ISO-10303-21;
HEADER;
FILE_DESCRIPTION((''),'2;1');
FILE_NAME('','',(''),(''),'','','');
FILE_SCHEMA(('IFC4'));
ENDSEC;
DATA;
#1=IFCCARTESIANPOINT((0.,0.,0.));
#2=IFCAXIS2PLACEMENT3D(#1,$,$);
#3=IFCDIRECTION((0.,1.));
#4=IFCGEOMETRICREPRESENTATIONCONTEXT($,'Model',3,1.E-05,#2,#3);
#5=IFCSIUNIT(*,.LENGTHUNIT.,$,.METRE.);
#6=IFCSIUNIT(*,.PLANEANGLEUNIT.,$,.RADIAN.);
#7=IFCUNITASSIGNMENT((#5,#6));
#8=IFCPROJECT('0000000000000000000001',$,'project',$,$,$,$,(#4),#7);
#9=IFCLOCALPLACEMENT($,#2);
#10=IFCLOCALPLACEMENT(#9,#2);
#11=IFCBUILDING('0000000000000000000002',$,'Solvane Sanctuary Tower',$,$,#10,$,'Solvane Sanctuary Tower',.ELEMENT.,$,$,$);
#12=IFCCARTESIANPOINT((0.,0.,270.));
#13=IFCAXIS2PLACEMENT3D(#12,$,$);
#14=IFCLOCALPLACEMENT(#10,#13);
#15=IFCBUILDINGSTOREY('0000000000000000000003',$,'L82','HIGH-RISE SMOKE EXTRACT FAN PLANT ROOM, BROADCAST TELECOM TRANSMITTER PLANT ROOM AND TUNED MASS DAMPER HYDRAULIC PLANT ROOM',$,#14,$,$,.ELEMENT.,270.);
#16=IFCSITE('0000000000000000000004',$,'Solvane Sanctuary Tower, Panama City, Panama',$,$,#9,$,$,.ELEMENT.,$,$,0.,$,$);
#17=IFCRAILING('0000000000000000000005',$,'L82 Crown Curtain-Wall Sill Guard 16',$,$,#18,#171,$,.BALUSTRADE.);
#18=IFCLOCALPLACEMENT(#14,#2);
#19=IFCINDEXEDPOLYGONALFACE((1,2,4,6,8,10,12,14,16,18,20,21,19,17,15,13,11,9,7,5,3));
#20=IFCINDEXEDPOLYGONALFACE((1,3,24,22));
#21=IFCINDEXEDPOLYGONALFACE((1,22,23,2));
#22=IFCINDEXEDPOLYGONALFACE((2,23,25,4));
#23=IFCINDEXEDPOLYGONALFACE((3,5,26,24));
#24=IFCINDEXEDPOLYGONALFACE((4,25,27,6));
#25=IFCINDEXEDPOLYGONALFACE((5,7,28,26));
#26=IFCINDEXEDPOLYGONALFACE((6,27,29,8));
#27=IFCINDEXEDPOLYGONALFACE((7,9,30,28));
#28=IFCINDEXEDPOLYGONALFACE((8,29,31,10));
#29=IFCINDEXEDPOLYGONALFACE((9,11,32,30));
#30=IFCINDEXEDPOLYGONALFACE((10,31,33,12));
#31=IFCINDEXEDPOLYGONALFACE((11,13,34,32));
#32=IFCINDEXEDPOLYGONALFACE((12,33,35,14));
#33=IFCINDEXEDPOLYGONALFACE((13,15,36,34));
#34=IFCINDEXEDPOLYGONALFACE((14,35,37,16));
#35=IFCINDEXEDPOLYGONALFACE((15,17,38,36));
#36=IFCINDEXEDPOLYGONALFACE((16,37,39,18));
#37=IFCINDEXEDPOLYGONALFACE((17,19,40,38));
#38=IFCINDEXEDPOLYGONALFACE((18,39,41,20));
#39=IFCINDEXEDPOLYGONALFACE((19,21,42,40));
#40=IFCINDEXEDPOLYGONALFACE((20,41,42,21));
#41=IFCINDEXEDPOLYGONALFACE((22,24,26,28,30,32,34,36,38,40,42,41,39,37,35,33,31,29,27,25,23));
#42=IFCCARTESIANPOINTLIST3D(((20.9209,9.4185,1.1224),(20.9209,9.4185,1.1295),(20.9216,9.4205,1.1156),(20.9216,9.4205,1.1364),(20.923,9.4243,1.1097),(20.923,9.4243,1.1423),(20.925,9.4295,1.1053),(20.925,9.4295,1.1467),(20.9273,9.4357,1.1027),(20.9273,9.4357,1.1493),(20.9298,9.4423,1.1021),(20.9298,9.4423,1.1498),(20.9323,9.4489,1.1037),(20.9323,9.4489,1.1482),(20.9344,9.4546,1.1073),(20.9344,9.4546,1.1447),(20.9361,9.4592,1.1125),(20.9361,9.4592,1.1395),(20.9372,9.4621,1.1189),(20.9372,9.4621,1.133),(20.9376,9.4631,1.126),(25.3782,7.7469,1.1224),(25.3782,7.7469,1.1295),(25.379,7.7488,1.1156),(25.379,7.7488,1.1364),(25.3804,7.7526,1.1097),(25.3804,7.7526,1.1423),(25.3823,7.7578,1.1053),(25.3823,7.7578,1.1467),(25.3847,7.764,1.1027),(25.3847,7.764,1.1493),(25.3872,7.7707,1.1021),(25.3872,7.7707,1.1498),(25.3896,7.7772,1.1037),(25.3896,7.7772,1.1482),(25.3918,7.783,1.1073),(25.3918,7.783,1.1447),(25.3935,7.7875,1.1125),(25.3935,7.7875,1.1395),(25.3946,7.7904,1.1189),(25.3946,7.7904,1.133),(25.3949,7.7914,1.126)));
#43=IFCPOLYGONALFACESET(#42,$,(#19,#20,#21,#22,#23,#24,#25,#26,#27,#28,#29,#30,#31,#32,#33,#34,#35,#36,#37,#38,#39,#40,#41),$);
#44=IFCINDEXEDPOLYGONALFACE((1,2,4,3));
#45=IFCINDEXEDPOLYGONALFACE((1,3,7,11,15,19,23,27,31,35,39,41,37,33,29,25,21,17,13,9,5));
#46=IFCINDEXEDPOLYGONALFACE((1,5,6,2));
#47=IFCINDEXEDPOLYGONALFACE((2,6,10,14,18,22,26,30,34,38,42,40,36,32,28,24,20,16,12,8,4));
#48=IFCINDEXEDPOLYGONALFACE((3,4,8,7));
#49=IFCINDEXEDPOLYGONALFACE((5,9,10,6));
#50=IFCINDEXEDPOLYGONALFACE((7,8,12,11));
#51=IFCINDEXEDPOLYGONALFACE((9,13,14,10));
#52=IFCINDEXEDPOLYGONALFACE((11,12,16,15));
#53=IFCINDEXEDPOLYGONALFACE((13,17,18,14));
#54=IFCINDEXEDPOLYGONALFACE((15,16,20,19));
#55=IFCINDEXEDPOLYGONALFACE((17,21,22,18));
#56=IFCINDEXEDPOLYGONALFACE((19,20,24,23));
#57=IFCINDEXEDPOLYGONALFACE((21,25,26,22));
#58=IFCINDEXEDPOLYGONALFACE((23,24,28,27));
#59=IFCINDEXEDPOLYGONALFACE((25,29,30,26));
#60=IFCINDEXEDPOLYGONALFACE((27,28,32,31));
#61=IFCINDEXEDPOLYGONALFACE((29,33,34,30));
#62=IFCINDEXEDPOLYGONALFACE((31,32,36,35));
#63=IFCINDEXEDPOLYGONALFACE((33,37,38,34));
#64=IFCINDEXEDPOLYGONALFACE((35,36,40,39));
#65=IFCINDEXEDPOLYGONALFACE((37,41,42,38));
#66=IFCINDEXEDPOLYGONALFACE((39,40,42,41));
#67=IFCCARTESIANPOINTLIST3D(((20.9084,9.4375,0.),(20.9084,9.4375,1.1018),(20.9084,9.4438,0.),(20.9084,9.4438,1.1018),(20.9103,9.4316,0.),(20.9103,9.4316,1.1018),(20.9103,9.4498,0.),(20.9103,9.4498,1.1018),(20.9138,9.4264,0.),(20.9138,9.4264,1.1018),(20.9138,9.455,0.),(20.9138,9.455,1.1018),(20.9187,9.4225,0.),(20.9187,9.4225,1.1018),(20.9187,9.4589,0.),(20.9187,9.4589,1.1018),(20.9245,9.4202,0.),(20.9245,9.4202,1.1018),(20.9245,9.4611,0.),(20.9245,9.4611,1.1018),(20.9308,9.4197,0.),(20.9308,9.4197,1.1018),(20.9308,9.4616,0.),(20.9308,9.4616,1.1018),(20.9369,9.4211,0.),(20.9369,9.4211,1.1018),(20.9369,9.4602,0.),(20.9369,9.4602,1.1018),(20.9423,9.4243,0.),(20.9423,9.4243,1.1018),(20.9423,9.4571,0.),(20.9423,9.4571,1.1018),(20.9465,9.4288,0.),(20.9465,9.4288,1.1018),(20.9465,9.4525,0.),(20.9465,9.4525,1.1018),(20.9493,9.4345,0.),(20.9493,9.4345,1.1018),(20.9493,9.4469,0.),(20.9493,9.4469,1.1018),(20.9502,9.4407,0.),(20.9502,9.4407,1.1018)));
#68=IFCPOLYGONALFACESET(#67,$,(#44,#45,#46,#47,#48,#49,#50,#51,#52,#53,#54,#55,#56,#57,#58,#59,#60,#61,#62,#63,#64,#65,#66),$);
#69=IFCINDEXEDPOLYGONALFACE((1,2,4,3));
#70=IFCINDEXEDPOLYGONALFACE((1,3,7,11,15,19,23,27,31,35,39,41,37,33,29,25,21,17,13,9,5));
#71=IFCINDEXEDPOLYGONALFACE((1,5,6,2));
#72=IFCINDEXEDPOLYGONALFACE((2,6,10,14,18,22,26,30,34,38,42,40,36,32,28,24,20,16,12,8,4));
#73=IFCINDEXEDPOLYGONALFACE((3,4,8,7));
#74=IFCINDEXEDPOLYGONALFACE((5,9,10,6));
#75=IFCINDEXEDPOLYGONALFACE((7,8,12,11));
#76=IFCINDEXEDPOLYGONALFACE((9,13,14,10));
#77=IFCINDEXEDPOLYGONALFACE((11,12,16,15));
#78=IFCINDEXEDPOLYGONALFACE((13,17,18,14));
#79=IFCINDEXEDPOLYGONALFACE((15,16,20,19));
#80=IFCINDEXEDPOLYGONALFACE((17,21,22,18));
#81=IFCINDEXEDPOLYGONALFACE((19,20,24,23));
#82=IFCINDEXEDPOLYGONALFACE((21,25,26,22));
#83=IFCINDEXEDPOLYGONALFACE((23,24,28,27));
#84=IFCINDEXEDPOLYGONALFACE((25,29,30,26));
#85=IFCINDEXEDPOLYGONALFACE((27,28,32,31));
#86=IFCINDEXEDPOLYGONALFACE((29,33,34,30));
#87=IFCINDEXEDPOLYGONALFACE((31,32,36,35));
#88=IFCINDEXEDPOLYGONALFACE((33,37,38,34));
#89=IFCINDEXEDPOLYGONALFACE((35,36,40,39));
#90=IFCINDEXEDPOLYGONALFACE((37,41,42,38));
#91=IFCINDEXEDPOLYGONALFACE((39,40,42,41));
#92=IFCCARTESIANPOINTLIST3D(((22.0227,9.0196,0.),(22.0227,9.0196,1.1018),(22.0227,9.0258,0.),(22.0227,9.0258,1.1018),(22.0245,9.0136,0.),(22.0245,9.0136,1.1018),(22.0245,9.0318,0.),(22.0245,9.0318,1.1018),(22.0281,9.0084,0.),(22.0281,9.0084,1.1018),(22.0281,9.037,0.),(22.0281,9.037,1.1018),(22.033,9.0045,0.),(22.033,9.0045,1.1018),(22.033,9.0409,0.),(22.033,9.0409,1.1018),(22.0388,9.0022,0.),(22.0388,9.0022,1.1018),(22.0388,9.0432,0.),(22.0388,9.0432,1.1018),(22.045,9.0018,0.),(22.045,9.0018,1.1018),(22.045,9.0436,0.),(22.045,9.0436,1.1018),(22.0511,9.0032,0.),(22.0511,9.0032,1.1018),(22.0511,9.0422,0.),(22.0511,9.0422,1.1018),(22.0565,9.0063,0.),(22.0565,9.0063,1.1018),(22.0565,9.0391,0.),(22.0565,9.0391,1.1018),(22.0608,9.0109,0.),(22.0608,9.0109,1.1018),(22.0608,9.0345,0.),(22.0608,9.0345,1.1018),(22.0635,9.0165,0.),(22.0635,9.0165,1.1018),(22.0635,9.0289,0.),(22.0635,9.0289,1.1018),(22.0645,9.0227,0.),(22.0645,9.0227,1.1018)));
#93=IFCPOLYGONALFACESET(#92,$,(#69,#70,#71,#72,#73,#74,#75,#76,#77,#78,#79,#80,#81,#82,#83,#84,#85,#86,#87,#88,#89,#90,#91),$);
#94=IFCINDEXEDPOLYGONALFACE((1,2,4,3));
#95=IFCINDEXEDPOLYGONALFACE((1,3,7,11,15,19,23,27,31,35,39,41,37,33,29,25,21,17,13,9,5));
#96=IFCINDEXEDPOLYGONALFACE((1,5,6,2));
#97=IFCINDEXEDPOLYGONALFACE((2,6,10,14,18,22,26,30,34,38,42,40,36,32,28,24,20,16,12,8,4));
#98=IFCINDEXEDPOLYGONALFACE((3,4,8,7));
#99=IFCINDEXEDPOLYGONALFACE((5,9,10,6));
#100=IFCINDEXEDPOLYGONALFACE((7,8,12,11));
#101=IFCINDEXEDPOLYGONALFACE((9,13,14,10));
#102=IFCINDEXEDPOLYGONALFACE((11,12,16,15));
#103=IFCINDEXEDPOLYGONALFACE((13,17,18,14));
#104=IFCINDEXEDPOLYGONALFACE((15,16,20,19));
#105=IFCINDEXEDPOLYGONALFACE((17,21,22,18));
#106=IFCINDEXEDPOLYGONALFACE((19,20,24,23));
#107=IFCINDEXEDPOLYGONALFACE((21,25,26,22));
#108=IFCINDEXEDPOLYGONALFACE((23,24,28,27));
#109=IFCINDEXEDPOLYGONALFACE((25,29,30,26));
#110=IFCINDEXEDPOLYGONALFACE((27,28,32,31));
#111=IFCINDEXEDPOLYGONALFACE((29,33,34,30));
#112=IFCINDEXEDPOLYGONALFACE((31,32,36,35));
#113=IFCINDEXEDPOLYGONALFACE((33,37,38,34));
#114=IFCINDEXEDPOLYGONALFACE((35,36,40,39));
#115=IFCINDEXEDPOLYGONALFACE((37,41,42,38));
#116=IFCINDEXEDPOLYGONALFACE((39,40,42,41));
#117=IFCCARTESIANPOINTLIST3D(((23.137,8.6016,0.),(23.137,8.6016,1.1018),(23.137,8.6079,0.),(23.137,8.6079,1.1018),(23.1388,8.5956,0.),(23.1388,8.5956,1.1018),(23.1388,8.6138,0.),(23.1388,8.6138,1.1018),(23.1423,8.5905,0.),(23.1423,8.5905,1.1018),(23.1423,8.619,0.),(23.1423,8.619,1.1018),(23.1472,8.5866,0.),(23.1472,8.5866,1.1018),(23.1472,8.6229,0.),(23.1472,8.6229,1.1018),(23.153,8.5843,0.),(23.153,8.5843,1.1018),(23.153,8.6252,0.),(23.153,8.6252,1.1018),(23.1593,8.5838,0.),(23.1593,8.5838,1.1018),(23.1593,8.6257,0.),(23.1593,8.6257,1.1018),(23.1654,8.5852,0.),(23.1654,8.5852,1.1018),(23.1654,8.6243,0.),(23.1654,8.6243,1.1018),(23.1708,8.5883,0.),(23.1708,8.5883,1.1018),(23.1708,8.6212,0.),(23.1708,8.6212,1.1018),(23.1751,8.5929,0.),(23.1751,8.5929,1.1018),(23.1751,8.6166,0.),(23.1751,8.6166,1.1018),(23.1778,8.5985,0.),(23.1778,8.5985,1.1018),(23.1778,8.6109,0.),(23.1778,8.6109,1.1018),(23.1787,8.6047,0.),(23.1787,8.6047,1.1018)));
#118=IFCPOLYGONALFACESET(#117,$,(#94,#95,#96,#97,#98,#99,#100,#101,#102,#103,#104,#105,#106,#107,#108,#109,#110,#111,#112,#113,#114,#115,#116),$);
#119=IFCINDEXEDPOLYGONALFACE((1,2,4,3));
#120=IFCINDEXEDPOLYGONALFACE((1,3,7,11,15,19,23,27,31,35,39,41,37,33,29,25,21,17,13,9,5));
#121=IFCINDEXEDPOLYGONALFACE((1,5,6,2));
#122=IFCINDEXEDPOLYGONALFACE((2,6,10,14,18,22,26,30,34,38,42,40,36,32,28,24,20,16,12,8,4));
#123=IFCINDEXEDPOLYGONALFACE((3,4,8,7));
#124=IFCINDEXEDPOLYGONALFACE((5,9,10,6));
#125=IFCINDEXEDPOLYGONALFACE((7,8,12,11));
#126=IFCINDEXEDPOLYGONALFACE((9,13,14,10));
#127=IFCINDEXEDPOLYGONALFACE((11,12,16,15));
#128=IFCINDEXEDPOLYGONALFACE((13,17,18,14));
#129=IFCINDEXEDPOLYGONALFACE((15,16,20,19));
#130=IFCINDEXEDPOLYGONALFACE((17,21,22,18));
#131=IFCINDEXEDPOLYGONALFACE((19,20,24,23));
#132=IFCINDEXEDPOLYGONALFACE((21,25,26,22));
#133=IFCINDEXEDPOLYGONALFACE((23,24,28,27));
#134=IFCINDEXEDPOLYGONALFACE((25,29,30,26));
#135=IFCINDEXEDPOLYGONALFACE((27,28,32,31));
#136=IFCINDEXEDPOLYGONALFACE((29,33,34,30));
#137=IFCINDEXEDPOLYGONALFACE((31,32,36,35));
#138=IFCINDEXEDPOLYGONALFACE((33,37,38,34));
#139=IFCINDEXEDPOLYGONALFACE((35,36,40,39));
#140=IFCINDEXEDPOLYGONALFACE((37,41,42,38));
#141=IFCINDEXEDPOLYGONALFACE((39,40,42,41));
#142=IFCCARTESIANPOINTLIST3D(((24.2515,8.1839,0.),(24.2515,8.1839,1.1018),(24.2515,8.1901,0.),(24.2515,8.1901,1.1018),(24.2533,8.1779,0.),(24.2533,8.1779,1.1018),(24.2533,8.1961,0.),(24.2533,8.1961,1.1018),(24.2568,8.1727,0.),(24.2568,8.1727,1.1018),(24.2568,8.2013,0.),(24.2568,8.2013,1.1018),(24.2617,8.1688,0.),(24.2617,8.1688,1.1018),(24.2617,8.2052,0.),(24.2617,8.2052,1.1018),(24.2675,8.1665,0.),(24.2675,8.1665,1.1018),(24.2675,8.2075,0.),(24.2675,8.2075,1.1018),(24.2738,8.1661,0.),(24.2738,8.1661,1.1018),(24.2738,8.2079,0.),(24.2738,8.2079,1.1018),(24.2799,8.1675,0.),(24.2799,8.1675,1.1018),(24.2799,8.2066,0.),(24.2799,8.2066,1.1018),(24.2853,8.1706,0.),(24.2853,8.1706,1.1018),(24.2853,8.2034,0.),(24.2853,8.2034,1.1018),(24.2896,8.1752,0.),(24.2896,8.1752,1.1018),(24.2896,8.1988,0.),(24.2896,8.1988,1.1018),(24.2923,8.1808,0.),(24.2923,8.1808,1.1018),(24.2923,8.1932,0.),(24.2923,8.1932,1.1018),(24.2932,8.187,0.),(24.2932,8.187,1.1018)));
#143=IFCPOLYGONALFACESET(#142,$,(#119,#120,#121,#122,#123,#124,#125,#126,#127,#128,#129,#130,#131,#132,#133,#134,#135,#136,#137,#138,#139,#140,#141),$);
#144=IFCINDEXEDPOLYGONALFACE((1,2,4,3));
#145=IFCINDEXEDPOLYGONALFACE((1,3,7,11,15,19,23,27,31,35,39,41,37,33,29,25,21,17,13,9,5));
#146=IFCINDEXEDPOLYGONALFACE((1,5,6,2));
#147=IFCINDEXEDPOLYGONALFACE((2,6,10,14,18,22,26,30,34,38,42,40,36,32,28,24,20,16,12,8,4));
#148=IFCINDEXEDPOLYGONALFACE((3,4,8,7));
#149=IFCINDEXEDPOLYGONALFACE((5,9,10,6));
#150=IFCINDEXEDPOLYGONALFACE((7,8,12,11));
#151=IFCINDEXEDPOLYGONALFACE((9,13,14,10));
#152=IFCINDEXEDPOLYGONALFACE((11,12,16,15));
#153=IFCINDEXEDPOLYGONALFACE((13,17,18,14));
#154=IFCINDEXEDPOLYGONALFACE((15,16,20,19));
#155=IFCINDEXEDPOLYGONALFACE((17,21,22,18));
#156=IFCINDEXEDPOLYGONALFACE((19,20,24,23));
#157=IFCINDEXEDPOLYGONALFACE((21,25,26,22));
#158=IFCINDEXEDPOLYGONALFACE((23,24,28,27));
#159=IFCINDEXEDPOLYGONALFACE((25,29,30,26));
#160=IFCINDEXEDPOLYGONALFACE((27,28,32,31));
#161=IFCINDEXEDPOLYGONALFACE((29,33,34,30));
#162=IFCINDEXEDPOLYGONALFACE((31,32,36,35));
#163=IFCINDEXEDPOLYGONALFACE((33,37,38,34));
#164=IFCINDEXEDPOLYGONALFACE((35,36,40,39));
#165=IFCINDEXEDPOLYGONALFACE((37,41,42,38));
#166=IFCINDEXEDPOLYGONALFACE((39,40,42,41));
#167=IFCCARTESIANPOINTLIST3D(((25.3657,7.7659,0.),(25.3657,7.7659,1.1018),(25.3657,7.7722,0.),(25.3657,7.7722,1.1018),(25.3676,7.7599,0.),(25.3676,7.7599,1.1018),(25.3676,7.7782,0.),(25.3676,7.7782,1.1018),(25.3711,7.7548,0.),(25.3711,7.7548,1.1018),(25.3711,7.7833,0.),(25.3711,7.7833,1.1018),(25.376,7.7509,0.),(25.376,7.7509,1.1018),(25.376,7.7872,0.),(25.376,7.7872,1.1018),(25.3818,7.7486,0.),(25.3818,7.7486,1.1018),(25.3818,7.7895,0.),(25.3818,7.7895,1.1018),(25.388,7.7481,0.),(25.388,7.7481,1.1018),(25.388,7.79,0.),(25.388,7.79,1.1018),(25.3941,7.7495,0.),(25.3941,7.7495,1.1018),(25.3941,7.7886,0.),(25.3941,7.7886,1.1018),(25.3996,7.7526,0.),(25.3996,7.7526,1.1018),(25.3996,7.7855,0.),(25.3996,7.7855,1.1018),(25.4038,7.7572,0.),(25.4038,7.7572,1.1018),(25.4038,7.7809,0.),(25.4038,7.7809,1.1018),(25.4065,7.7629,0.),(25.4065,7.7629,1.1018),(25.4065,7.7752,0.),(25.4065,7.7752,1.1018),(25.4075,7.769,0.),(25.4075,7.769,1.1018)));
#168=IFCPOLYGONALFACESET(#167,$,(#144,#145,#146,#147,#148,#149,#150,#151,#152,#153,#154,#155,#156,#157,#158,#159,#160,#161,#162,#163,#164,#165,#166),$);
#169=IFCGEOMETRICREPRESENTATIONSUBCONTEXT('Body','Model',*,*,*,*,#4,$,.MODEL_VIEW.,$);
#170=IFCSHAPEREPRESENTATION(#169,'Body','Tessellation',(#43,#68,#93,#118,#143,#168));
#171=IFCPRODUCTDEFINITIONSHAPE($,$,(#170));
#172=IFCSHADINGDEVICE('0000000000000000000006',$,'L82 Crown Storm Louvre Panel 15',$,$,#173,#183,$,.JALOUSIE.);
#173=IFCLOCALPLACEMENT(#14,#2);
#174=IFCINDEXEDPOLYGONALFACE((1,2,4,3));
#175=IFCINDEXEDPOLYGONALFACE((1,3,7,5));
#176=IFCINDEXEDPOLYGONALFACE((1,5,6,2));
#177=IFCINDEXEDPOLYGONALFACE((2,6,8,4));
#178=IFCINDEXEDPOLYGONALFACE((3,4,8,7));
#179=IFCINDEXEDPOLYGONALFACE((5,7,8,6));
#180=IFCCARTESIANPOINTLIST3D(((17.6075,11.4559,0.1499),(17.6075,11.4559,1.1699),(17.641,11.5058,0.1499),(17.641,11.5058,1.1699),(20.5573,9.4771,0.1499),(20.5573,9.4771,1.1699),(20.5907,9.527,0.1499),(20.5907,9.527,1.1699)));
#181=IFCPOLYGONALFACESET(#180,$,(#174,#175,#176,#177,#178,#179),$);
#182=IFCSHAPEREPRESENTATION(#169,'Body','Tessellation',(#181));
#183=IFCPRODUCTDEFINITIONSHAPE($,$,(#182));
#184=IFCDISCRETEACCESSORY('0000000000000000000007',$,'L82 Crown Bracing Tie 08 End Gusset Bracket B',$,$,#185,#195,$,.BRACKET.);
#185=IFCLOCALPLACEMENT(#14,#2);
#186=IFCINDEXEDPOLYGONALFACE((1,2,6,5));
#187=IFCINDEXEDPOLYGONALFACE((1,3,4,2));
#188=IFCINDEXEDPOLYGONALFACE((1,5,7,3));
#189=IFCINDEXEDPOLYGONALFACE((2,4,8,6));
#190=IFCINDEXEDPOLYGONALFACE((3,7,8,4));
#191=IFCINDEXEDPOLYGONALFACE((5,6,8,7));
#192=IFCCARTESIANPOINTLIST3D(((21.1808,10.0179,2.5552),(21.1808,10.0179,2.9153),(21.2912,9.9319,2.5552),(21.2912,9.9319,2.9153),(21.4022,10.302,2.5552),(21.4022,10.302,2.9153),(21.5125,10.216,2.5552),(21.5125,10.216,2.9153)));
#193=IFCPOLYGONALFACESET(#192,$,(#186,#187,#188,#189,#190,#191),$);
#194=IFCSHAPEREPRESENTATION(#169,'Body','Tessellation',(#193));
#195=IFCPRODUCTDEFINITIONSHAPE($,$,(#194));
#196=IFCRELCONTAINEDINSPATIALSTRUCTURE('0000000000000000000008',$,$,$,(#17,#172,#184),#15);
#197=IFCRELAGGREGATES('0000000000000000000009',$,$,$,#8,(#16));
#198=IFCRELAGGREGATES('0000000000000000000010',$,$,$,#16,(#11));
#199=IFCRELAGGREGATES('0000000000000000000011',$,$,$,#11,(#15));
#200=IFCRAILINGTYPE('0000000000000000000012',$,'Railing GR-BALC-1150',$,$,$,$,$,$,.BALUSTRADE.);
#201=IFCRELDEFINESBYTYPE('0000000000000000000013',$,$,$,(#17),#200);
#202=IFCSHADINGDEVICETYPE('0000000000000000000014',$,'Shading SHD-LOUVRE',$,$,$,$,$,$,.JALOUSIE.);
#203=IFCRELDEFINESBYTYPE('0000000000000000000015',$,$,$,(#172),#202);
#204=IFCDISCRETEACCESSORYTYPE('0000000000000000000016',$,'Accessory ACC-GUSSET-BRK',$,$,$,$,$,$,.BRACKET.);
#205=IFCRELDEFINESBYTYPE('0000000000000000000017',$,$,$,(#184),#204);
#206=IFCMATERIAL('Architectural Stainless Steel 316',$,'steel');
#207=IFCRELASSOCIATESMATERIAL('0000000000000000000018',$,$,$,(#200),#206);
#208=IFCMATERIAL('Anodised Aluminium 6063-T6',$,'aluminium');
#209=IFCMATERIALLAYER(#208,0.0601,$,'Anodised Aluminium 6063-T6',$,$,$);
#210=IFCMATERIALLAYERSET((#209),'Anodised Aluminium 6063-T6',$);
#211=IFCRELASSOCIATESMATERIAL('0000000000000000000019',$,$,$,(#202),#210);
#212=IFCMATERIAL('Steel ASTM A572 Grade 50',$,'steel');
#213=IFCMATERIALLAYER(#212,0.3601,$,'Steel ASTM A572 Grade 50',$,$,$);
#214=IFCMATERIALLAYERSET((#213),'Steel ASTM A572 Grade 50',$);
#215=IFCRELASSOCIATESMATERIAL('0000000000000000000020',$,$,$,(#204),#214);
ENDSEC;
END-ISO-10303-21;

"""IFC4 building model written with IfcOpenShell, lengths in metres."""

from ifc_helpers import new_model, si_unit, direction, frame, origin, origin_2d, place, context, subcontext, project, spatial, rectangle, circle, extrude, material, layer, layer_set, type_object, element, save


model = new_model("IFC4")

# Units and contexts
model_context = context("Model", 3, precision=1e-05, world=origin(), true_north=direction((0.0, 1.0)))
body_context = subcontext(model_context, "Body", "Model", "MODEL_VIEW")
ifc_project = project(units=[si_unit("LENGTHUNIT", "METRE"), si_unit("PLANEANGLEUNIT", "RADIAN")], contexts=[model_context])

# Site, building, storey
site_placement = place(None, origin())
site = spatial("IfcSite", under=ifc_project, at=site_placement, Name="Solvane Sanctuary Tower, Panama City, Panama", CompositionType="ELEMENT", RefElevation=0.0)
building_placement = place(site_placement, origin())
building = spatial("IfcBuilding", under=site, at=building_placement, Name="Solvane Sanctuary Tower", LongName="Solvane Sanctuary Tower", CompositionType="ELEMENT")
storey_placement = place(building_placement, frame((0.0, 0.0, 270.0)))
storey = spatial("IfcBuildingStorey", under=building, at=storey_placement, Name="L82", Description="HIGH-RISE SMOKE EXTRACT FAN PLANT ROOM, BROADCAST TELECOM TRANSMITTER PLANT ROOM AND TUNED MASS DAMPER HYDRAULIC PLANT ROOM", CompositionType="ELEMENT", Elevation=270.0)

# Shared definitions
ifc_material_1 = material(Name="Anodised Aluminium 6063-T6", Category="aluminium")

# Railing
ifc_material_2 = material(Name="Architectural Stainless Steel 316", Category="steel")
railing_type = type_object("IfcRailingType", Name="Railing GR-BALC-1150", PredefinedType="BALUSTRADE", material=ifc_material_2)
railing_1_placement = place(storey_placement, frame((20.9292, 9.4407, 0.0)))
element("IfcRailing", 1, at=railing_1_placement, inside=storey, type_object=railing_type, Name="L82 Crown Curtain-Wall Sill Guard 16", PredefinedType="BALUSTRADE", context=body_context, shape_type="SweptSolid", body=[
    extrude(circle(Radius=0.0239, at=origin_2d()), frame((0.0, 0.0, 1.126), z_axis=(0.936319, -0.351152, 0.0), x_axis=(0.351152, 0.936319, 0.0)), (0.0, 0.0, 1.0), 4.7605),
    extrude(circle(Radius=0.021, at=origin_2d()), origin(), (0.0, 0.0, 1.0), 1.1018),
    extrude(circle(Radius=0.021, at=origin_2d()), frame((1.1143, -0.418, 0.0)), (0.0, 0.0, 1.0), 1.1018),
    extrude(circle(Radius=0.021, at=origin_2d()), frame((2.2285, -0.8359, 0.0)), (0.0, 0.0, 1.0), 1.1018),
    extrude(circle(Radius=0.021, at=origin_2d()), frame((3.343, -1.2537, 0.0)), (0.0, 0.0, 1.0), 1.1018),
    extrude(circle(Radius=0.021, at=origin_2d()), frame((4.4573, -1.6716, 0.0)), (0.0, 0.0, 1.0), 1.1018),
])

# Shading device
ifc_layer_1 = layer(ifc_material_1, 0.0601, Name="Anodised Aluminium 6063-T6")
ifc_layer_set_1 = layer_set([ifc_layer_1], Name="Anodised Aluminium 6063-T6")
shading_device_type = type_object("IfcShadingDeviceType", Name="Shading SHD-LOUVRE", PredefinedType="JALOUSIE", material=ifc_layer_set_1)
shading_device_placement = place(storey_placement, frame((19.0991, 10.4915, 0.1499), z_axis=(0.0, 0.0, 1.0), x_axis=(0.830438, -0.55711, 0.0)))
element("IfcShadingDevice", 2, at=shading_device_placement, inside=storey, type_object=shading_device_type, Name="L82 Crown Storm Louvre Panel 15", PredefinedType="JALOUSIE", context=body_context, shape_type="SweptSolid", body=[
    extrude(rectangle(XDim=3.552, YDim=0.0601, at=origin_2d()), origin(), (0.0, 0.0, 1.0), 1.02),
])

# Discrete accessory
ifc_material_3 = material(Name="Steel ASTM A572 Grade 50", Category="steel")
ifc_layer_2 = layer(ifc_material_3, 0.3601, Name="Steel ASTM A572 Grade 50")
ifc_layer_set_2 = layer_set([ifc_layer_2], Name="Steel ASTM A572 Grade 50")
discrete_accessory_type = type_object("IfcDiscreteAccessoryType", Name="Accessory ACC-GUSSET-BRK", PredefinedType="BRACKET", material=ifc_layer_set_2)
discrete_accessory_placement = place(storey_placement, frame((21.3467, 10.1169, 2.5552), z_axis=(0.0, 0.0, 1.0), x_axis=(-0.614698, -0.788762, 0.0)))
element("IfcDiscreteAccessory", 3, at=discrete_accessory_placement, inside=storey, type_object=discrete_accessory_type, Name="L82 Crown Bracing Tie 08 End Gusset Bracket B", PredefinedType="BRACKET", context=body_context, shape_type="SweptSolid", body=[
    extrude(rectangle(XDim=0.3601, YDim=0.1399, at=origin_2d()), origin(), (0.0, 0.0, 1.0), 0.3601),
])

save(model, "model.ifc")
